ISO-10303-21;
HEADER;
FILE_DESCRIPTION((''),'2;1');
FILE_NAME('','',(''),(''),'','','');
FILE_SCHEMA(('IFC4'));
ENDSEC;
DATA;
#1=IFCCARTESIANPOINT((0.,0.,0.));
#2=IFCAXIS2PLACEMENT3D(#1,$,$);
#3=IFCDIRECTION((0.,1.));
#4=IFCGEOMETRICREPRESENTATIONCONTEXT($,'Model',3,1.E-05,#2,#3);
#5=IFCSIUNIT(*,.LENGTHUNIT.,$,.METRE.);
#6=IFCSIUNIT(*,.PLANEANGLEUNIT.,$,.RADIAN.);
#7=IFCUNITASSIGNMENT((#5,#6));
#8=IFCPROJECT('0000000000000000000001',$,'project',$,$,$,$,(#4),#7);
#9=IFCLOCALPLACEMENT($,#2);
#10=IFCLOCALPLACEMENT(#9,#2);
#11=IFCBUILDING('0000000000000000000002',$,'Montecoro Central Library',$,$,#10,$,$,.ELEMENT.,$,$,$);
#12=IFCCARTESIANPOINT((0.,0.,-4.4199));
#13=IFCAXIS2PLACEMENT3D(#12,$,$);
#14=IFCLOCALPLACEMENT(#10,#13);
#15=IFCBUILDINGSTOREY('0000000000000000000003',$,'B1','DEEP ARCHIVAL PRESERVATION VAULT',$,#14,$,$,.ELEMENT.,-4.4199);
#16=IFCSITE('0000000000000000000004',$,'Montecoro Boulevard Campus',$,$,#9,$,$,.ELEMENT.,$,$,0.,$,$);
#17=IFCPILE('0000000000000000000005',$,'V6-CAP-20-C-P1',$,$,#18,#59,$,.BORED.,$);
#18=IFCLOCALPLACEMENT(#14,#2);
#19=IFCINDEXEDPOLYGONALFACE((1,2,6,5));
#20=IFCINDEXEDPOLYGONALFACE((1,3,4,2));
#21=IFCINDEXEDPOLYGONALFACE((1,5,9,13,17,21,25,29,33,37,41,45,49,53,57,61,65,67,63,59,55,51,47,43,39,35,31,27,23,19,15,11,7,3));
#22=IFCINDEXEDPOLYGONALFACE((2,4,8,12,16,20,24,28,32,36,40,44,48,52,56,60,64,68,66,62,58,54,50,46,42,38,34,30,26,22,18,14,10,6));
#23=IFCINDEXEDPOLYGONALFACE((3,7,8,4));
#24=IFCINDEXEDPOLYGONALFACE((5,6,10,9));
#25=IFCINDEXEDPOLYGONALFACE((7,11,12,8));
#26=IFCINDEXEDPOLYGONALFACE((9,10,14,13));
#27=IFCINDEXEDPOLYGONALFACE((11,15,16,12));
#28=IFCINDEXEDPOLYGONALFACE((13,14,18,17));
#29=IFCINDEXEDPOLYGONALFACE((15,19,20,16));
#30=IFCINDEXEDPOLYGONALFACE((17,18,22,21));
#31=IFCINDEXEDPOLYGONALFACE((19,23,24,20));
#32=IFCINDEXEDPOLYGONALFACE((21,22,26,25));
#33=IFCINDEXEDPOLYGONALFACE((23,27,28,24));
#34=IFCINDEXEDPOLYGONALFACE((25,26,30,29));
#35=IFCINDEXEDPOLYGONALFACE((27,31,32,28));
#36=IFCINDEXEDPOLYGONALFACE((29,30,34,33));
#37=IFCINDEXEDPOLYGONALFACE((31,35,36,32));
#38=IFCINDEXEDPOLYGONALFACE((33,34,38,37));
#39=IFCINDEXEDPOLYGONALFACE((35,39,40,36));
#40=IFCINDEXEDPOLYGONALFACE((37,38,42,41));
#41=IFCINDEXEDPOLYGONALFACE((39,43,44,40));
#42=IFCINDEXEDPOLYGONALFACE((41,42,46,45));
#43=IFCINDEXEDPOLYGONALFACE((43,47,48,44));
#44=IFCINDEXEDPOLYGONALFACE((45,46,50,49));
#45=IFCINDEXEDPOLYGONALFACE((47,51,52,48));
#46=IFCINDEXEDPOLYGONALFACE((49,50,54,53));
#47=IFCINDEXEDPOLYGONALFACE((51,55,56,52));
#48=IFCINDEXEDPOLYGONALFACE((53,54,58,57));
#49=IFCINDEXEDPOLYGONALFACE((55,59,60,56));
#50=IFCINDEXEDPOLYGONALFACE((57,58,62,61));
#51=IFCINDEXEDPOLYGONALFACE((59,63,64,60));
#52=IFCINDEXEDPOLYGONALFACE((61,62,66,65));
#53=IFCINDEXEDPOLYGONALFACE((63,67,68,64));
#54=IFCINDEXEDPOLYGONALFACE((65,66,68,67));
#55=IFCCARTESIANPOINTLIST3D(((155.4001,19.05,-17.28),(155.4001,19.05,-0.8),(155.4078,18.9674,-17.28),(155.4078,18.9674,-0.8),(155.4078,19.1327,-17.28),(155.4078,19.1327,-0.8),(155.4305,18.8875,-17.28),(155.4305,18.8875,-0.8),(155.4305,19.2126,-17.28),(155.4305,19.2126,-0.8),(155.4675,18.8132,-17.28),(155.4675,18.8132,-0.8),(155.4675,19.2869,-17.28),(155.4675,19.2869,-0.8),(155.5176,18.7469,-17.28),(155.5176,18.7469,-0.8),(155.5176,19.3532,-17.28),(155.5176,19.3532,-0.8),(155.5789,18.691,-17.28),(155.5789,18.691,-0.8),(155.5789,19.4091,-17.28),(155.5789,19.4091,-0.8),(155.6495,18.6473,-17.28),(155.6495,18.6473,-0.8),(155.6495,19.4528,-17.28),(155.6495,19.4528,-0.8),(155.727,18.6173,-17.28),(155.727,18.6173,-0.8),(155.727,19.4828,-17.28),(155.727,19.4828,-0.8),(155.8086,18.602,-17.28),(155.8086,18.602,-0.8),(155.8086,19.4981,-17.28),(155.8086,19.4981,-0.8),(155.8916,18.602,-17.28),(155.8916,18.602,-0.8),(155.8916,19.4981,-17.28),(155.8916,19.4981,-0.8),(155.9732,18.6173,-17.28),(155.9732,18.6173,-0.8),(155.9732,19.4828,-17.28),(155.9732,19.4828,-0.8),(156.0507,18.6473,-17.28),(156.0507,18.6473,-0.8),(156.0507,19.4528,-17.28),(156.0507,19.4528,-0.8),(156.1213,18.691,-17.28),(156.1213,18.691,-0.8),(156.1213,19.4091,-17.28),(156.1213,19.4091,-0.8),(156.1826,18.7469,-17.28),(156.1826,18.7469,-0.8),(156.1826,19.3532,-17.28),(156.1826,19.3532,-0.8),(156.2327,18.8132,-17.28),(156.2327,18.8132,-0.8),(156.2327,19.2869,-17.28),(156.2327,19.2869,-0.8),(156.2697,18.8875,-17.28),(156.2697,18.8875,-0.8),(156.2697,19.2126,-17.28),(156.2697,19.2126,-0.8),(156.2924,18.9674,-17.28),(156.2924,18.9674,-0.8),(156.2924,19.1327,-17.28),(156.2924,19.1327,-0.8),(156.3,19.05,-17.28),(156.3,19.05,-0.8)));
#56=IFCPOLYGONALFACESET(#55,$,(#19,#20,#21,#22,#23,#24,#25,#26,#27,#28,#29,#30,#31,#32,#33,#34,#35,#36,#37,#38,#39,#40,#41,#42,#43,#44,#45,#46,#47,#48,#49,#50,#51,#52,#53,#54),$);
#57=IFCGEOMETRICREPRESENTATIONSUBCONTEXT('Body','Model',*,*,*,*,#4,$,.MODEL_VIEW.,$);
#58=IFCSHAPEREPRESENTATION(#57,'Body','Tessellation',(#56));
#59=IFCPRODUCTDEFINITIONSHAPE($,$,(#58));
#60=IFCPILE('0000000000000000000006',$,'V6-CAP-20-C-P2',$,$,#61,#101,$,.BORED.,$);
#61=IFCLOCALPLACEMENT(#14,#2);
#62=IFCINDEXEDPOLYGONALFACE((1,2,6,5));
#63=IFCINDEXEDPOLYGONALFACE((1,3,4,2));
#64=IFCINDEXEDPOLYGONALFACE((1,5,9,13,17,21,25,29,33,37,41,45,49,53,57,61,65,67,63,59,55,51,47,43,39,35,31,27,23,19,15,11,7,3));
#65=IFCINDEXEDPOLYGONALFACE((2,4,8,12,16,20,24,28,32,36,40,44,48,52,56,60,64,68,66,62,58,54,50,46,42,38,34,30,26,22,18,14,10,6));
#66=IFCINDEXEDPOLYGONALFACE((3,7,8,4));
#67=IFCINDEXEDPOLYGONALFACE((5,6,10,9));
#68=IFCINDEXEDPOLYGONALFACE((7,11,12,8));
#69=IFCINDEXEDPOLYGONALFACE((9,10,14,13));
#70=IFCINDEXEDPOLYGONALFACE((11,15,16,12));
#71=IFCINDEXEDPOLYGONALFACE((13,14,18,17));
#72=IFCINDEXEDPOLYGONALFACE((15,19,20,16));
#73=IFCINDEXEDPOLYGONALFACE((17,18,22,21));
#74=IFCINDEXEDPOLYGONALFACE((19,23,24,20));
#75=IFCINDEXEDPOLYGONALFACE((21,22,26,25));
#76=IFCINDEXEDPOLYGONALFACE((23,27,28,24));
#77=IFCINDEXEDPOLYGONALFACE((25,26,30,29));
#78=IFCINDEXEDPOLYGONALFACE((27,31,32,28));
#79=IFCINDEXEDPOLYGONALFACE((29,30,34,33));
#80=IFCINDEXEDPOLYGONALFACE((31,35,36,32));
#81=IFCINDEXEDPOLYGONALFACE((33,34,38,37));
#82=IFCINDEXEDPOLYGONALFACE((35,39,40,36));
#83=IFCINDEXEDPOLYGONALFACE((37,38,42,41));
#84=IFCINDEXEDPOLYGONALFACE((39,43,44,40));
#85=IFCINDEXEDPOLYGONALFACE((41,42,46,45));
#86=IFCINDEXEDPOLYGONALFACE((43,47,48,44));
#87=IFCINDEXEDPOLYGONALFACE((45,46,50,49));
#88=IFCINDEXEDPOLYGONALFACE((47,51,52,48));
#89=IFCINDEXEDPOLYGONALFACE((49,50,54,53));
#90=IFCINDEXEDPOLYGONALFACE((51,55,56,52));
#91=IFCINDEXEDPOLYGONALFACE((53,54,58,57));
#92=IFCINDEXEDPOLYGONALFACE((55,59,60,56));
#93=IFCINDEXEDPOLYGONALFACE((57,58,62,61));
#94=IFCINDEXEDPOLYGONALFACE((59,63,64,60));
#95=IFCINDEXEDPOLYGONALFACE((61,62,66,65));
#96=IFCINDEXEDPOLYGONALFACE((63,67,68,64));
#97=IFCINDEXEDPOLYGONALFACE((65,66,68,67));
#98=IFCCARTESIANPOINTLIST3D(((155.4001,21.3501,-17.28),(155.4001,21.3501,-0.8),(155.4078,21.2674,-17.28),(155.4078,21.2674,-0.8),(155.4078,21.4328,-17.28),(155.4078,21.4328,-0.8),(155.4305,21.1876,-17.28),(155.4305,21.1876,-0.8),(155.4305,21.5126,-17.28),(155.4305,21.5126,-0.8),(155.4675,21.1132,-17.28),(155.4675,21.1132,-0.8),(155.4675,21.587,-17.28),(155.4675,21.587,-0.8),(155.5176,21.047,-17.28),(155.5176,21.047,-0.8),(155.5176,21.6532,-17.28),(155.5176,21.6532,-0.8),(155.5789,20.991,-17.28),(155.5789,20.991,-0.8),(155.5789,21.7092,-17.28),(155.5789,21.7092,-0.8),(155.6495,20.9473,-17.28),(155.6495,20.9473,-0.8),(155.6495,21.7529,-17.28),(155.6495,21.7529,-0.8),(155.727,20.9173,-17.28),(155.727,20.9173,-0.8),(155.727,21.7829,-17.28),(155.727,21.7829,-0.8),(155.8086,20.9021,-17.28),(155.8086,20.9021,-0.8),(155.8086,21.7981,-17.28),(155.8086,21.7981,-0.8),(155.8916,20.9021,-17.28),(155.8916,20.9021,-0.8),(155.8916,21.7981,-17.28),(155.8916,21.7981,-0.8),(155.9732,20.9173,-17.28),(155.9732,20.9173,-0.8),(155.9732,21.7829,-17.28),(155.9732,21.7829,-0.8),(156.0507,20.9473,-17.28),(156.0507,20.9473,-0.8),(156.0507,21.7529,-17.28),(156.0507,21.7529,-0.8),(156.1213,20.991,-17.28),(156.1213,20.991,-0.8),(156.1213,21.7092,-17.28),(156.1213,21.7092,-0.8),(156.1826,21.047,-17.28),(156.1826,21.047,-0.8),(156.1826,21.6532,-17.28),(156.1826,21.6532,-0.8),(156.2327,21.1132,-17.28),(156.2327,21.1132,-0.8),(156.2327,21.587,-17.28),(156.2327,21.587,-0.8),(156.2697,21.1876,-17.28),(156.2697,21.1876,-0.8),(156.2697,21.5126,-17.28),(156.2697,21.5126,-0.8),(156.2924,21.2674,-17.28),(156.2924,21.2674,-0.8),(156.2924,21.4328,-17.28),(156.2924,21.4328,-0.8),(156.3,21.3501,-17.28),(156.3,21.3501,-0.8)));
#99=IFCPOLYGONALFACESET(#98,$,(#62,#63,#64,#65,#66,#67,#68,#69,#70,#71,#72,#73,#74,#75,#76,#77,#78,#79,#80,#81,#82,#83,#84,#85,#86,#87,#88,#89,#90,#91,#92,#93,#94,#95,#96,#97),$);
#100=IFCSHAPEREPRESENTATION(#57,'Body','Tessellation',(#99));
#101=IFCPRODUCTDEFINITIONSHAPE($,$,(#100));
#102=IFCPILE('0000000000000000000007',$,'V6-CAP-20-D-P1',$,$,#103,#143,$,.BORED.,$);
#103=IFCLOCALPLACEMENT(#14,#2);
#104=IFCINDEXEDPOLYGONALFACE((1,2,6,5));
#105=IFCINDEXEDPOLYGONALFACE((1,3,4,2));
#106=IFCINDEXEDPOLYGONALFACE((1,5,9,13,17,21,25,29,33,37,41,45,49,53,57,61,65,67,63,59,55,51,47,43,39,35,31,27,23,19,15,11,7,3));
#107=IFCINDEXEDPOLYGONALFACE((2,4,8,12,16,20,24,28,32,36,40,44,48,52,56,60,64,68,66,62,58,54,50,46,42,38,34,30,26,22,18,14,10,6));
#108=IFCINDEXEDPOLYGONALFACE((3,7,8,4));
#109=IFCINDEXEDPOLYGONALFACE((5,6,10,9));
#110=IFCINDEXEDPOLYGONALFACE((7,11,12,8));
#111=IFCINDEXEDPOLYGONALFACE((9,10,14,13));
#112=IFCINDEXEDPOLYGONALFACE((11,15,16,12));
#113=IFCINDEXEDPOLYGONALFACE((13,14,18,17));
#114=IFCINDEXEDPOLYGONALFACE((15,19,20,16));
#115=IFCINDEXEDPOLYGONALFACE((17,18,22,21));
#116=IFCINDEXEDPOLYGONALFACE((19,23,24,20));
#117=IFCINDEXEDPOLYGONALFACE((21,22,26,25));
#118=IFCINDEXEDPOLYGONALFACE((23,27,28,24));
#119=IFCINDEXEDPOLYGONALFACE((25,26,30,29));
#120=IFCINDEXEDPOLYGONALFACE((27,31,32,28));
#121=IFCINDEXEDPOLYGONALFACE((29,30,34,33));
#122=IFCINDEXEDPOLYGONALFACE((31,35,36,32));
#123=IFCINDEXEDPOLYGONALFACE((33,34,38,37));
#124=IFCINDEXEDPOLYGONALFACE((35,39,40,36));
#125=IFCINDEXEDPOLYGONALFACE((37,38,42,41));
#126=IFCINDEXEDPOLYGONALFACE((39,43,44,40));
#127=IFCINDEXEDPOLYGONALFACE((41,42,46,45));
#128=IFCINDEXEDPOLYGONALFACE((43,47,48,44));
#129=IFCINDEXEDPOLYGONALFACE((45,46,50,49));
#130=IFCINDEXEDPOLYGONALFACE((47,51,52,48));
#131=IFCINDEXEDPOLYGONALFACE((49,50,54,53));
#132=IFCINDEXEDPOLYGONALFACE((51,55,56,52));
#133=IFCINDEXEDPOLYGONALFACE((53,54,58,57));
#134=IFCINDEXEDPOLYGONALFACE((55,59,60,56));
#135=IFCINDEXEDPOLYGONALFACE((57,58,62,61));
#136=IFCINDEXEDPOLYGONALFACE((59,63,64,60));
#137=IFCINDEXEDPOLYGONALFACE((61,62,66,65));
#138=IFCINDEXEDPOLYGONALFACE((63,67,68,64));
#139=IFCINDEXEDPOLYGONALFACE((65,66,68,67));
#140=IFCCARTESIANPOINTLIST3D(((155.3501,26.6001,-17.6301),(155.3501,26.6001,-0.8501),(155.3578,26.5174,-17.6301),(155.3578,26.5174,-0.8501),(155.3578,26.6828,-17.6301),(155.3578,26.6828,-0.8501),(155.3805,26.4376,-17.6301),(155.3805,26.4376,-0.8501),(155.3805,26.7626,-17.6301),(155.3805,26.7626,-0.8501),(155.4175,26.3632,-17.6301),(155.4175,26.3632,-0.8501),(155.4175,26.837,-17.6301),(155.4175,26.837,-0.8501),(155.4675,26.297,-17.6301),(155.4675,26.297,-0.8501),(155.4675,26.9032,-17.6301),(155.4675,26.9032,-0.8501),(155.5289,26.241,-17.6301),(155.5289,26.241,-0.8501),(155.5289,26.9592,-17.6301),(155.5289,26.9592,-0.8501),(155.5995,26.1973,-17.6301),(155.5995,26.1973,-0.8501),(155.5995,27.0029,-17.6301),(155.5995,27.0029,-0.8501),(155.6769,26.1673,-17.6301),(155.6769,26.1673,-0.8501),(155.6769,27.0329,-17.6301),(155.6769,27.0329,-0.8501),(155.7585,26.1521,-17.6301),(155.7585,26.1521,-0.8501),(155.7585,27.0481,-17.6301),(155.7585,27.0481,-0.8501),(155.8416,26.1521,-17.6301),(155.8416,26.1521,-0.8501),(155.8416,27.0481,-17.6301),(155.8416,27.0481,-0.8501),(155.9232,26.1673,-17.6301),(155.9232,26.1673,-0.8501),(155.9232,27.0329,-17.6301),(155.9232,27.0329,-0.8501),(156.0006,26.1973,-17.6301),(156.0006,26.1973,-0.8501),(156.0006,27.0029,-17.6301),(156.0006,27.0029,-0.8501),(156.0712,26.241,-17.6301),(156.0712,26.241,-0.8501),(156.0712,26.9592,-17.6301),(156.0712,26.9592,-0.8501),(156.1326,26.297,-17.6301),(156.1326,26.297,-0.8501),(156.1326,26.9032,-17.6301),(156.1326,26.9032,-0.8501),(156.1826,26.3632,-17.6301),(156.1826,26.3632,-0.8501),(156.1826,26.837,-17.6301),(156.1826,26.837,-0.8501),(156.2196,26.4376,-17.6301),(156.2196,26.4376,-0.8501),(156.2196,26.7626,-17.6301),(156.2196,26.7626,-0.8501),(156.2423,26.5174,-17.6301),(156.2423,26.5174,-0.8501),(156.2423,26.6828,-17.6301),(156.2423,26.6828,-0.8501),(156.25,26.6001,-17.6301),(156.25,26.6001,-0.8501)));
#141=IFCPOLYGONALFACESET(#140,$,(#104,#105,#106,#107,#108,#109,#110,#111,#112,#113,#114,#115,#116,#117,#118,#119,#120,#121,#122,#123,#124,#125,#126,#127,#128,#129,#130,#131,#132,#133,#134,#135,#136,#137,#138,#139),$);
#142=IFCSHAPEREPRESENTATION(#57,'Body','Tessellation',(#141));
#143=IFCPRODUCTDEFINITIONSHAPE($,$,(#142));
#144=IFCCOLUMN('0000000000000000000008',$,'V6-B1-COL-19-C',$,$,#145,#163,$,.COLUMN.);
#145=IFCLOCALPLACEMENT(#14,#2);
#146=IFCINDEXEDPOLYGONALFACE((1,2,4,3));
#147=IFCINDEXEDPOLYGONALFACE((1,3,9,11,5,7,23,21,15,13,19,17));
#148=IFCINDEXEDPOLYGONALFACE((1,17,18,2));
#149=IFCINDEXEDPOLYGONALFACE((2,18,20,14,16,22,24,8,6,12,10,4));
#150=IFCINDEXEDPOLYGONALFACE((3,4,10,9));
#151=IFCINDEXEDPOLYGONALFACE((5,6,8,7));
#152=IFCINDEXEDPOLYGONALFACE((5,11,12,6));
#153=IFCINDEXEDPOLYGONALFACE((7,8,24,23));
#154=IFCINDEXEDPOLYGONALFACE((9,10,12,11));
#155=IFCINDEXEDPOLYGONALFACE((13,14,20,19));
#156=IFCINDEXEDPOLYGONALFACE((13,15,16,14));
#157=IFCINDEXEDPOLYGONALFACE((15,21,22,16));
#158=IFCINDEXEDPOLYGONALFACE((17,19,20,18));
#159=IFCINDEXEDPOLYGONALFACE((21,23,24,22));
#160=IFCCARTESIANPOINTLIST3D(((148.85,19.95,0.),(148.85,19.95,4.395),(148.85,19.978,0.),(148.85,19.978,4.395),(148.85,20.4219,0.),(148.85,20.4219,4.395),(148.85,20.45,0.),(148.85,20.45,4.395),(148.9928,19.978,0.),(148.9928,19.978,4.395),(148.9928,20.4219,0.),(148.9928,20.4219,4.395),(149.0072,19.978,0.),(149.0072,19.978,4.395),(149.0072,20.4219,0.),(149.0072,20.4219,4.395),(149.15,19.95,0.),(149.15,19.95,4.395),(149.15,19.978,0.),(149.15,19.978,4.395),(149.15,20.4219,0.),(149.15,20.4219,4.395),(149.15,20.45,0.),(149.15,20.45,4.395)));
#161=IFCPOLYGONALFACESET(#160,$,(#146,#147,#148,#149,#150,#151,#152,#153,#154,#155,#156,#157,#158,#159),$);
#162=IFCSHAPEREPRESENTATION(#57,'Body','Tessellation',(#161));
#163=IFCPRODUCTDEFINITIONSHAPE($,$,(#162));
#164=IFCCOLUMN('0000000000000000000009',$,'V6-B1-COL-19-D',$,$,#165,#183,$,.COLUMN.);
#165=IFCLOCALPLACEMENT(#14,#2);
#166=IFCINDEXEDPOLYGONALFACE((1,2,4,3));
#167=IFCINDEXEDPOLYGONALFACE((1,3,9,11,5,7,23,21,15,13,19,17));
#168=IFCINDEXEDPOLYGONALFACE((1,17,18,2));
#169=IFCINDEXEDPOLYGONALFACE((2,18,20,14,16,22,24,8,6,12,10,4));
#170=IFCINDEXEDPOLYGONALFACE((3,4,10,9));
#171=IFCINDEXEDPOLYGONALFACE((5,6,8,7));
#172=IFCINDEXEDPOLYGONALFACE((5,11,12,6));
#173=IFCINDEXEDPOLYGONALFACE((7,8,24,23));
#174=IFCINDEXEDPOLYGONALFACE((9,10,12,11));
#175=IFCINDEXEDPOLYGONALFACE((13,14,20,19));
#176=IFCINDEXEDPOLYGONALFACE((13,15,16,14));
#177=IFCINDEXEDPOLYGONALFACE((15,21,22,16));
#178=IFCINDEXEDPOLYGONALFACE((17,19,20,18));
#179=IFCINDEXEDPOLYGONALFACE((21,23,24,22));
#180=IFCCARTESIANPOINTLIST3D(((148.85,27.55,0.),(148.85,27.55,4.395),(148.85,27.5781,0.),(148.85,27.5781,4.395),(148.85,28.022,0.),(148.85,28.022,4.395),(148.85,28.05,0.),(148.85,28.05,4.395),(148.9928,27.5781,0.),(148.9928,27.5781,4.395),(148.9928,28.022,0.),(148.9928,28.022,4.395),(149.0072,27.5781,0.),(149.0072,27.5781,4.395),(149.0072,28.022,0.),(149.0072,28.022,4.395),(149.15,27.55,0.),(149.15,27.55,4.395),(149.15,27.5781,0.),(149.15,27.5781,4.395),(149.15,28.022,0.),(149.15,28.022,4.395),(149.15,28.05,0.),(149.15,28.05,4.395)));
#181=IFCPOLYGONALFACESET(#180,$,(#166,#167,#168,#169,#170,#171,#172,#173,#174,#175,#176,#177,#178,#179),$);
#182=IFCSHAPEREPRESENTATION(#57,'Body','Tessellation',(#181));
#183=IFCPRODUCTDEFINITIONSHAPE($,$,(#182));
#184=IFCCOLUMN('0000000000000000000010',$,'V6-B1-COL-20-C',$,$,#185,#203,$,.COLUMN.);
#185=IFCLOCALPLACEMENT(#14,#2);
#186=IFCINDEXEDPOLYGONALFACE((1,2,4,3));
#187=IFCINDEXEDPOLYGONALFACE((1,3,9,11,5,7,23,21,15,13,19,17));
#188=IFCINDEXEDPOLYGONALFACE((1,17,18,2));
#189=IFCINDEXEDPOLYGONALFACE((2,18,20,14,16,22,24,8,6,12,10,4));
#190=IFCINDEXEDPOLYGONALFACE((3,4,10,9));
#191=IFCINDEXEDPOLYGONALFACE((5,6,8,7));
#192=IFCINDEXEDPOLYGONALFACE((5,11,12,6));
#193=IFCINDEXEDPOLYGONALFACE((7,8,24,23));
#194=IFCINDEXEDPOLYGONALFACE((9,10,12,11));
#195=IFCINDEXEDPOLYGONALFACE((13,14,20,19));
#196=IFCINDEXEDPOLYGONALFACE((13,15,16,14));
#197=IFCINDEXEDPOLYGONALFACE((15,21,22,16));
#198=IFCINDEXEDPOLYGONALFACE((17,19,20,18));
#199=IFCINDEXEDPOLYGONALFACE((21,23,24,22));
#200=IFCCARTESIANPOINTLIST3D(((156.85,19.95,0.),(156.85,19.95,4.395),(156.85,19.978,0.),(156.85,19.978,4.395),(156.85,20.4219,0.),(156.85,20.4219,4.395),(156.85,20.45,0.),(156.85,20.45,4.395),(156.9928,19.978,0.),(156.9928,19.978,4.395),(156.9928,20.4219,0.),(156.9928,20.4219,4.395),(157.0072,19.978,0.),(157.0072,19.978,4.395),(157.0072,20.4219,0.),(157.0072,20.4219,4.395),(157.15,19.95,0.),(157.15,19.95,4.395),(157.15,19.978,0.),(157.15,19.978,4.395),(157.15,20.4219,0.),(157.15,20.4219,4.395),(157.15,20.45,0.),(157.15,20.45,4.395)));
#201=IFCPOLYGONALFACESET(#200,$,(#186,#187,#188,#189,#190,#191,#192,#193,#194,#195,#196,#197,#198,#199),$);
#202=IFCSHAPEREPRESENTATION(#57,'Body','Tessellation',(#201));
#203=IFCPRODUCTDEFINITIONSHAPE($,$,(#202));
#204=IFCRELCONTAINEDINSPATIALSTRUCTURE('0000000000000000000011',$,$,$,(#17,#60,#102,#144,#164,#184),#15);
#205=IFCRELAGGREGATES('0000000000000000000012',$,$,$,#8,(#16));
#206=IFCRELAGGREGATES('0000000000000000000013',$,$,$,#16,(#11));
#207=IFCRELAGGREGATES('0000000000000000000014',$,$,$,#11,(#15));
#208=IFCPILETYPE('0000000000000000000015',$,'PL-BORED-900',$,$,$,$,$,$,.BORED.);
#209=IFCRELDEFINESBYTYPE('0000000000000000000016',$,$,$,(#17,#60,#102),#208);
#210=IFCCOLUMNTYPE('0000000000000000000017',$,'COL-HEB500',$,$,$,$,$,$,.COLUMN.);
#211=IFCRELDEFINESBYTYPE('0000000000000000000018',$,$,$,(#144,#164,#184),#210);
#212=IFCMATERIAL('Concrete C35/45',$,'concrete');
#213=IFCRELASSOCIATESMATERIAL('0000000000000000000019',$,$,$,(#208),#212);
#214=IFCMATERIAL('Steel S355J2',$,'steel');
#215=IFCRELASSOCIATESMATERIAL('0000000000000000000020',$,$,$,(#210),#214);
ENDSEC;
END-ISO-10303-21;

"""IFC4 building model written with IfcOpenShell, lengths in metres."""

from ifc_helpers import new_model, si_unit, direction, frame, origin, origin_2d, place, context, subcontext, project, spatial, circle, i_section, extrude, material, material_profile, profile_set, type_object, element, save


model = new_model("IFC4")

# Units and contexts
model_context = context("Model", 3, precision=1e-05, world=origin(), true_north=direction((0.0, 1.0)))
body_context = subcontext(model_context, "Body", "Model", "MODEL_VIEW")
ifc_project = project(units=[si_unit("LENGTHUNIT", "METRE"), si_unit("PLANEANGLEUNIT", "RADIAN")], contexts=[model_context])

# Site, building, storey
site_placement = place(None, origin())
site = spatial("IfcSite", under=ifc_project, at=site_placement, Name="Montecoro Boulevard Campus", CompositionType="ELEMENT", RefElevation=0.0)
building_placement = place(site_placement, origin())
building = spatial("IfcBuilding", under=site, at=building_placement, Name="Montecoro Central Library", CompositionType="ELEMENT")
storey_placement = place(building_placement, frame((0.0, 0.0, -4.4199)))
storey = spatial("IfcBuildingStorey", under=building, at=storey_placement, Name="B1", Description="DEEP ARCHIVAL PRESERVATION VAULT", CompositionType="ELEMENT", Elevation=-4.4199)

# Shared definitions
ifc_material_1 = material(Name="Concrete C35/45", Category="concrete")

# Piles
ifc_material_profile_1 = material_profile(ifc_material_1, circle(Radius=0.45, at=origin_2d()), Name="PILE D900")
ifc_profile_set_1 = profile_set([ifc_material_profile_1], Name="Concrete C35/45")
pile_type_1 = type_object("IfcPileType", Name="PL-BORED-900", PredefinedType="BORED", material=ifc_profile_set_1)
for number, where, z_axis, x_axis, name in (
    (1, (155.8501, 19.05, -0.8), (0.0, 0.0, -1.0), (1.0, 0.0, 0.0), "V6-CAP-20-C-P1"),
    (2, (155.8501, 21.3501, -0.8), (0.0, 0.0, -1.0), (1.0, 0.0, 0.0), "V6-CAP-20-C-P2"),
):
    element("IfcPile", number, at=place(storey_placement, frame(where, z_axis=z_axis, x_axis=x_axis)), inside=storey, type_object=pile_type_1, Name=name, PredefinedType="BORED", context=body_context, shape_type="SweptSolid", body=[
        extrude(circle(Radius=0.45, at=origin_2d()), origin(), (0.0, 0.0, 1.0), 16.48),
    ])
pile_1_placement = place(storey_placement, frame((155.8, 26.6001, -0.8501), z_axis=(0.0, 0.0, -1.0), x_axis=(1.0, 0.0, 0.0)))
element("IfcPile", 3, at=pile_1_placement, inside=storey, type_object=pile_type_1, Name="V6-CAP-20-D-P1", PredefinedType="BORED", context=body_context, shape_type="SweptSolid", body=[
    extrude(circle(Radius=0.45, at=origin_2d()), origin(), (0.0, 0.0, 1.0), 16.78),
])

# Columns
ifc_material_2 = material(Name="Steel S355J2", Category="steel")
ifc_material_profile_2 = material_profile(ifc_material_2, i_section(OverallWidth=0.3, OverallDepth=0.5, WebThickness=0.0144, FlangeThickness=0.0281, at=origin_2d()), Name="HEB 500")
ifc_profile_set_2 = profile_set([ifc_material_profile_2], Name="Steel S355J2")
column_type = type_object("IfcColumnType", Name="COL-HEB500", PredefinedType="COLUMN", material=ifc_profile_set_2)
for number, where, z_axis, x_axis, name in (
    (4, (149.0, 20.2, 0.0), (0.0, 0.0, 1.0), (1.0, 0.0, 0.0), "V6-B1-COL-19-C"),
    (5, (149.0, 27.8, 0.0), (0.0, 0.0, 1.0), (1.0, 0.0, 0.0), "V6-B1-COL-19-D"),
    (6, (157.0, 20.2, 0.0), (0.0, 0.0, 1.0), (1.0, 0.0, 0.0), "V6-B1-COL-20-C"),
):
    element("IfcColumn", number, at=place(storey_placement, frame(where, z_axis=z_axis, x_axis=x_axis)), inside=storey, type_object=column_type, Name=name, PredefinedType="COLUMN", context=body_context, shape_type="SweptSolid", body=[
        extrude(i_section(OverallWidth=0.3, OverallDepth=0.5, WebThickness=0.0144, FlangeThickness=0.0281, at=origin_2d()), origin(), (0.0, 0.0, 1.0), 4.395),
    ])

save(model, "model.ifc")
